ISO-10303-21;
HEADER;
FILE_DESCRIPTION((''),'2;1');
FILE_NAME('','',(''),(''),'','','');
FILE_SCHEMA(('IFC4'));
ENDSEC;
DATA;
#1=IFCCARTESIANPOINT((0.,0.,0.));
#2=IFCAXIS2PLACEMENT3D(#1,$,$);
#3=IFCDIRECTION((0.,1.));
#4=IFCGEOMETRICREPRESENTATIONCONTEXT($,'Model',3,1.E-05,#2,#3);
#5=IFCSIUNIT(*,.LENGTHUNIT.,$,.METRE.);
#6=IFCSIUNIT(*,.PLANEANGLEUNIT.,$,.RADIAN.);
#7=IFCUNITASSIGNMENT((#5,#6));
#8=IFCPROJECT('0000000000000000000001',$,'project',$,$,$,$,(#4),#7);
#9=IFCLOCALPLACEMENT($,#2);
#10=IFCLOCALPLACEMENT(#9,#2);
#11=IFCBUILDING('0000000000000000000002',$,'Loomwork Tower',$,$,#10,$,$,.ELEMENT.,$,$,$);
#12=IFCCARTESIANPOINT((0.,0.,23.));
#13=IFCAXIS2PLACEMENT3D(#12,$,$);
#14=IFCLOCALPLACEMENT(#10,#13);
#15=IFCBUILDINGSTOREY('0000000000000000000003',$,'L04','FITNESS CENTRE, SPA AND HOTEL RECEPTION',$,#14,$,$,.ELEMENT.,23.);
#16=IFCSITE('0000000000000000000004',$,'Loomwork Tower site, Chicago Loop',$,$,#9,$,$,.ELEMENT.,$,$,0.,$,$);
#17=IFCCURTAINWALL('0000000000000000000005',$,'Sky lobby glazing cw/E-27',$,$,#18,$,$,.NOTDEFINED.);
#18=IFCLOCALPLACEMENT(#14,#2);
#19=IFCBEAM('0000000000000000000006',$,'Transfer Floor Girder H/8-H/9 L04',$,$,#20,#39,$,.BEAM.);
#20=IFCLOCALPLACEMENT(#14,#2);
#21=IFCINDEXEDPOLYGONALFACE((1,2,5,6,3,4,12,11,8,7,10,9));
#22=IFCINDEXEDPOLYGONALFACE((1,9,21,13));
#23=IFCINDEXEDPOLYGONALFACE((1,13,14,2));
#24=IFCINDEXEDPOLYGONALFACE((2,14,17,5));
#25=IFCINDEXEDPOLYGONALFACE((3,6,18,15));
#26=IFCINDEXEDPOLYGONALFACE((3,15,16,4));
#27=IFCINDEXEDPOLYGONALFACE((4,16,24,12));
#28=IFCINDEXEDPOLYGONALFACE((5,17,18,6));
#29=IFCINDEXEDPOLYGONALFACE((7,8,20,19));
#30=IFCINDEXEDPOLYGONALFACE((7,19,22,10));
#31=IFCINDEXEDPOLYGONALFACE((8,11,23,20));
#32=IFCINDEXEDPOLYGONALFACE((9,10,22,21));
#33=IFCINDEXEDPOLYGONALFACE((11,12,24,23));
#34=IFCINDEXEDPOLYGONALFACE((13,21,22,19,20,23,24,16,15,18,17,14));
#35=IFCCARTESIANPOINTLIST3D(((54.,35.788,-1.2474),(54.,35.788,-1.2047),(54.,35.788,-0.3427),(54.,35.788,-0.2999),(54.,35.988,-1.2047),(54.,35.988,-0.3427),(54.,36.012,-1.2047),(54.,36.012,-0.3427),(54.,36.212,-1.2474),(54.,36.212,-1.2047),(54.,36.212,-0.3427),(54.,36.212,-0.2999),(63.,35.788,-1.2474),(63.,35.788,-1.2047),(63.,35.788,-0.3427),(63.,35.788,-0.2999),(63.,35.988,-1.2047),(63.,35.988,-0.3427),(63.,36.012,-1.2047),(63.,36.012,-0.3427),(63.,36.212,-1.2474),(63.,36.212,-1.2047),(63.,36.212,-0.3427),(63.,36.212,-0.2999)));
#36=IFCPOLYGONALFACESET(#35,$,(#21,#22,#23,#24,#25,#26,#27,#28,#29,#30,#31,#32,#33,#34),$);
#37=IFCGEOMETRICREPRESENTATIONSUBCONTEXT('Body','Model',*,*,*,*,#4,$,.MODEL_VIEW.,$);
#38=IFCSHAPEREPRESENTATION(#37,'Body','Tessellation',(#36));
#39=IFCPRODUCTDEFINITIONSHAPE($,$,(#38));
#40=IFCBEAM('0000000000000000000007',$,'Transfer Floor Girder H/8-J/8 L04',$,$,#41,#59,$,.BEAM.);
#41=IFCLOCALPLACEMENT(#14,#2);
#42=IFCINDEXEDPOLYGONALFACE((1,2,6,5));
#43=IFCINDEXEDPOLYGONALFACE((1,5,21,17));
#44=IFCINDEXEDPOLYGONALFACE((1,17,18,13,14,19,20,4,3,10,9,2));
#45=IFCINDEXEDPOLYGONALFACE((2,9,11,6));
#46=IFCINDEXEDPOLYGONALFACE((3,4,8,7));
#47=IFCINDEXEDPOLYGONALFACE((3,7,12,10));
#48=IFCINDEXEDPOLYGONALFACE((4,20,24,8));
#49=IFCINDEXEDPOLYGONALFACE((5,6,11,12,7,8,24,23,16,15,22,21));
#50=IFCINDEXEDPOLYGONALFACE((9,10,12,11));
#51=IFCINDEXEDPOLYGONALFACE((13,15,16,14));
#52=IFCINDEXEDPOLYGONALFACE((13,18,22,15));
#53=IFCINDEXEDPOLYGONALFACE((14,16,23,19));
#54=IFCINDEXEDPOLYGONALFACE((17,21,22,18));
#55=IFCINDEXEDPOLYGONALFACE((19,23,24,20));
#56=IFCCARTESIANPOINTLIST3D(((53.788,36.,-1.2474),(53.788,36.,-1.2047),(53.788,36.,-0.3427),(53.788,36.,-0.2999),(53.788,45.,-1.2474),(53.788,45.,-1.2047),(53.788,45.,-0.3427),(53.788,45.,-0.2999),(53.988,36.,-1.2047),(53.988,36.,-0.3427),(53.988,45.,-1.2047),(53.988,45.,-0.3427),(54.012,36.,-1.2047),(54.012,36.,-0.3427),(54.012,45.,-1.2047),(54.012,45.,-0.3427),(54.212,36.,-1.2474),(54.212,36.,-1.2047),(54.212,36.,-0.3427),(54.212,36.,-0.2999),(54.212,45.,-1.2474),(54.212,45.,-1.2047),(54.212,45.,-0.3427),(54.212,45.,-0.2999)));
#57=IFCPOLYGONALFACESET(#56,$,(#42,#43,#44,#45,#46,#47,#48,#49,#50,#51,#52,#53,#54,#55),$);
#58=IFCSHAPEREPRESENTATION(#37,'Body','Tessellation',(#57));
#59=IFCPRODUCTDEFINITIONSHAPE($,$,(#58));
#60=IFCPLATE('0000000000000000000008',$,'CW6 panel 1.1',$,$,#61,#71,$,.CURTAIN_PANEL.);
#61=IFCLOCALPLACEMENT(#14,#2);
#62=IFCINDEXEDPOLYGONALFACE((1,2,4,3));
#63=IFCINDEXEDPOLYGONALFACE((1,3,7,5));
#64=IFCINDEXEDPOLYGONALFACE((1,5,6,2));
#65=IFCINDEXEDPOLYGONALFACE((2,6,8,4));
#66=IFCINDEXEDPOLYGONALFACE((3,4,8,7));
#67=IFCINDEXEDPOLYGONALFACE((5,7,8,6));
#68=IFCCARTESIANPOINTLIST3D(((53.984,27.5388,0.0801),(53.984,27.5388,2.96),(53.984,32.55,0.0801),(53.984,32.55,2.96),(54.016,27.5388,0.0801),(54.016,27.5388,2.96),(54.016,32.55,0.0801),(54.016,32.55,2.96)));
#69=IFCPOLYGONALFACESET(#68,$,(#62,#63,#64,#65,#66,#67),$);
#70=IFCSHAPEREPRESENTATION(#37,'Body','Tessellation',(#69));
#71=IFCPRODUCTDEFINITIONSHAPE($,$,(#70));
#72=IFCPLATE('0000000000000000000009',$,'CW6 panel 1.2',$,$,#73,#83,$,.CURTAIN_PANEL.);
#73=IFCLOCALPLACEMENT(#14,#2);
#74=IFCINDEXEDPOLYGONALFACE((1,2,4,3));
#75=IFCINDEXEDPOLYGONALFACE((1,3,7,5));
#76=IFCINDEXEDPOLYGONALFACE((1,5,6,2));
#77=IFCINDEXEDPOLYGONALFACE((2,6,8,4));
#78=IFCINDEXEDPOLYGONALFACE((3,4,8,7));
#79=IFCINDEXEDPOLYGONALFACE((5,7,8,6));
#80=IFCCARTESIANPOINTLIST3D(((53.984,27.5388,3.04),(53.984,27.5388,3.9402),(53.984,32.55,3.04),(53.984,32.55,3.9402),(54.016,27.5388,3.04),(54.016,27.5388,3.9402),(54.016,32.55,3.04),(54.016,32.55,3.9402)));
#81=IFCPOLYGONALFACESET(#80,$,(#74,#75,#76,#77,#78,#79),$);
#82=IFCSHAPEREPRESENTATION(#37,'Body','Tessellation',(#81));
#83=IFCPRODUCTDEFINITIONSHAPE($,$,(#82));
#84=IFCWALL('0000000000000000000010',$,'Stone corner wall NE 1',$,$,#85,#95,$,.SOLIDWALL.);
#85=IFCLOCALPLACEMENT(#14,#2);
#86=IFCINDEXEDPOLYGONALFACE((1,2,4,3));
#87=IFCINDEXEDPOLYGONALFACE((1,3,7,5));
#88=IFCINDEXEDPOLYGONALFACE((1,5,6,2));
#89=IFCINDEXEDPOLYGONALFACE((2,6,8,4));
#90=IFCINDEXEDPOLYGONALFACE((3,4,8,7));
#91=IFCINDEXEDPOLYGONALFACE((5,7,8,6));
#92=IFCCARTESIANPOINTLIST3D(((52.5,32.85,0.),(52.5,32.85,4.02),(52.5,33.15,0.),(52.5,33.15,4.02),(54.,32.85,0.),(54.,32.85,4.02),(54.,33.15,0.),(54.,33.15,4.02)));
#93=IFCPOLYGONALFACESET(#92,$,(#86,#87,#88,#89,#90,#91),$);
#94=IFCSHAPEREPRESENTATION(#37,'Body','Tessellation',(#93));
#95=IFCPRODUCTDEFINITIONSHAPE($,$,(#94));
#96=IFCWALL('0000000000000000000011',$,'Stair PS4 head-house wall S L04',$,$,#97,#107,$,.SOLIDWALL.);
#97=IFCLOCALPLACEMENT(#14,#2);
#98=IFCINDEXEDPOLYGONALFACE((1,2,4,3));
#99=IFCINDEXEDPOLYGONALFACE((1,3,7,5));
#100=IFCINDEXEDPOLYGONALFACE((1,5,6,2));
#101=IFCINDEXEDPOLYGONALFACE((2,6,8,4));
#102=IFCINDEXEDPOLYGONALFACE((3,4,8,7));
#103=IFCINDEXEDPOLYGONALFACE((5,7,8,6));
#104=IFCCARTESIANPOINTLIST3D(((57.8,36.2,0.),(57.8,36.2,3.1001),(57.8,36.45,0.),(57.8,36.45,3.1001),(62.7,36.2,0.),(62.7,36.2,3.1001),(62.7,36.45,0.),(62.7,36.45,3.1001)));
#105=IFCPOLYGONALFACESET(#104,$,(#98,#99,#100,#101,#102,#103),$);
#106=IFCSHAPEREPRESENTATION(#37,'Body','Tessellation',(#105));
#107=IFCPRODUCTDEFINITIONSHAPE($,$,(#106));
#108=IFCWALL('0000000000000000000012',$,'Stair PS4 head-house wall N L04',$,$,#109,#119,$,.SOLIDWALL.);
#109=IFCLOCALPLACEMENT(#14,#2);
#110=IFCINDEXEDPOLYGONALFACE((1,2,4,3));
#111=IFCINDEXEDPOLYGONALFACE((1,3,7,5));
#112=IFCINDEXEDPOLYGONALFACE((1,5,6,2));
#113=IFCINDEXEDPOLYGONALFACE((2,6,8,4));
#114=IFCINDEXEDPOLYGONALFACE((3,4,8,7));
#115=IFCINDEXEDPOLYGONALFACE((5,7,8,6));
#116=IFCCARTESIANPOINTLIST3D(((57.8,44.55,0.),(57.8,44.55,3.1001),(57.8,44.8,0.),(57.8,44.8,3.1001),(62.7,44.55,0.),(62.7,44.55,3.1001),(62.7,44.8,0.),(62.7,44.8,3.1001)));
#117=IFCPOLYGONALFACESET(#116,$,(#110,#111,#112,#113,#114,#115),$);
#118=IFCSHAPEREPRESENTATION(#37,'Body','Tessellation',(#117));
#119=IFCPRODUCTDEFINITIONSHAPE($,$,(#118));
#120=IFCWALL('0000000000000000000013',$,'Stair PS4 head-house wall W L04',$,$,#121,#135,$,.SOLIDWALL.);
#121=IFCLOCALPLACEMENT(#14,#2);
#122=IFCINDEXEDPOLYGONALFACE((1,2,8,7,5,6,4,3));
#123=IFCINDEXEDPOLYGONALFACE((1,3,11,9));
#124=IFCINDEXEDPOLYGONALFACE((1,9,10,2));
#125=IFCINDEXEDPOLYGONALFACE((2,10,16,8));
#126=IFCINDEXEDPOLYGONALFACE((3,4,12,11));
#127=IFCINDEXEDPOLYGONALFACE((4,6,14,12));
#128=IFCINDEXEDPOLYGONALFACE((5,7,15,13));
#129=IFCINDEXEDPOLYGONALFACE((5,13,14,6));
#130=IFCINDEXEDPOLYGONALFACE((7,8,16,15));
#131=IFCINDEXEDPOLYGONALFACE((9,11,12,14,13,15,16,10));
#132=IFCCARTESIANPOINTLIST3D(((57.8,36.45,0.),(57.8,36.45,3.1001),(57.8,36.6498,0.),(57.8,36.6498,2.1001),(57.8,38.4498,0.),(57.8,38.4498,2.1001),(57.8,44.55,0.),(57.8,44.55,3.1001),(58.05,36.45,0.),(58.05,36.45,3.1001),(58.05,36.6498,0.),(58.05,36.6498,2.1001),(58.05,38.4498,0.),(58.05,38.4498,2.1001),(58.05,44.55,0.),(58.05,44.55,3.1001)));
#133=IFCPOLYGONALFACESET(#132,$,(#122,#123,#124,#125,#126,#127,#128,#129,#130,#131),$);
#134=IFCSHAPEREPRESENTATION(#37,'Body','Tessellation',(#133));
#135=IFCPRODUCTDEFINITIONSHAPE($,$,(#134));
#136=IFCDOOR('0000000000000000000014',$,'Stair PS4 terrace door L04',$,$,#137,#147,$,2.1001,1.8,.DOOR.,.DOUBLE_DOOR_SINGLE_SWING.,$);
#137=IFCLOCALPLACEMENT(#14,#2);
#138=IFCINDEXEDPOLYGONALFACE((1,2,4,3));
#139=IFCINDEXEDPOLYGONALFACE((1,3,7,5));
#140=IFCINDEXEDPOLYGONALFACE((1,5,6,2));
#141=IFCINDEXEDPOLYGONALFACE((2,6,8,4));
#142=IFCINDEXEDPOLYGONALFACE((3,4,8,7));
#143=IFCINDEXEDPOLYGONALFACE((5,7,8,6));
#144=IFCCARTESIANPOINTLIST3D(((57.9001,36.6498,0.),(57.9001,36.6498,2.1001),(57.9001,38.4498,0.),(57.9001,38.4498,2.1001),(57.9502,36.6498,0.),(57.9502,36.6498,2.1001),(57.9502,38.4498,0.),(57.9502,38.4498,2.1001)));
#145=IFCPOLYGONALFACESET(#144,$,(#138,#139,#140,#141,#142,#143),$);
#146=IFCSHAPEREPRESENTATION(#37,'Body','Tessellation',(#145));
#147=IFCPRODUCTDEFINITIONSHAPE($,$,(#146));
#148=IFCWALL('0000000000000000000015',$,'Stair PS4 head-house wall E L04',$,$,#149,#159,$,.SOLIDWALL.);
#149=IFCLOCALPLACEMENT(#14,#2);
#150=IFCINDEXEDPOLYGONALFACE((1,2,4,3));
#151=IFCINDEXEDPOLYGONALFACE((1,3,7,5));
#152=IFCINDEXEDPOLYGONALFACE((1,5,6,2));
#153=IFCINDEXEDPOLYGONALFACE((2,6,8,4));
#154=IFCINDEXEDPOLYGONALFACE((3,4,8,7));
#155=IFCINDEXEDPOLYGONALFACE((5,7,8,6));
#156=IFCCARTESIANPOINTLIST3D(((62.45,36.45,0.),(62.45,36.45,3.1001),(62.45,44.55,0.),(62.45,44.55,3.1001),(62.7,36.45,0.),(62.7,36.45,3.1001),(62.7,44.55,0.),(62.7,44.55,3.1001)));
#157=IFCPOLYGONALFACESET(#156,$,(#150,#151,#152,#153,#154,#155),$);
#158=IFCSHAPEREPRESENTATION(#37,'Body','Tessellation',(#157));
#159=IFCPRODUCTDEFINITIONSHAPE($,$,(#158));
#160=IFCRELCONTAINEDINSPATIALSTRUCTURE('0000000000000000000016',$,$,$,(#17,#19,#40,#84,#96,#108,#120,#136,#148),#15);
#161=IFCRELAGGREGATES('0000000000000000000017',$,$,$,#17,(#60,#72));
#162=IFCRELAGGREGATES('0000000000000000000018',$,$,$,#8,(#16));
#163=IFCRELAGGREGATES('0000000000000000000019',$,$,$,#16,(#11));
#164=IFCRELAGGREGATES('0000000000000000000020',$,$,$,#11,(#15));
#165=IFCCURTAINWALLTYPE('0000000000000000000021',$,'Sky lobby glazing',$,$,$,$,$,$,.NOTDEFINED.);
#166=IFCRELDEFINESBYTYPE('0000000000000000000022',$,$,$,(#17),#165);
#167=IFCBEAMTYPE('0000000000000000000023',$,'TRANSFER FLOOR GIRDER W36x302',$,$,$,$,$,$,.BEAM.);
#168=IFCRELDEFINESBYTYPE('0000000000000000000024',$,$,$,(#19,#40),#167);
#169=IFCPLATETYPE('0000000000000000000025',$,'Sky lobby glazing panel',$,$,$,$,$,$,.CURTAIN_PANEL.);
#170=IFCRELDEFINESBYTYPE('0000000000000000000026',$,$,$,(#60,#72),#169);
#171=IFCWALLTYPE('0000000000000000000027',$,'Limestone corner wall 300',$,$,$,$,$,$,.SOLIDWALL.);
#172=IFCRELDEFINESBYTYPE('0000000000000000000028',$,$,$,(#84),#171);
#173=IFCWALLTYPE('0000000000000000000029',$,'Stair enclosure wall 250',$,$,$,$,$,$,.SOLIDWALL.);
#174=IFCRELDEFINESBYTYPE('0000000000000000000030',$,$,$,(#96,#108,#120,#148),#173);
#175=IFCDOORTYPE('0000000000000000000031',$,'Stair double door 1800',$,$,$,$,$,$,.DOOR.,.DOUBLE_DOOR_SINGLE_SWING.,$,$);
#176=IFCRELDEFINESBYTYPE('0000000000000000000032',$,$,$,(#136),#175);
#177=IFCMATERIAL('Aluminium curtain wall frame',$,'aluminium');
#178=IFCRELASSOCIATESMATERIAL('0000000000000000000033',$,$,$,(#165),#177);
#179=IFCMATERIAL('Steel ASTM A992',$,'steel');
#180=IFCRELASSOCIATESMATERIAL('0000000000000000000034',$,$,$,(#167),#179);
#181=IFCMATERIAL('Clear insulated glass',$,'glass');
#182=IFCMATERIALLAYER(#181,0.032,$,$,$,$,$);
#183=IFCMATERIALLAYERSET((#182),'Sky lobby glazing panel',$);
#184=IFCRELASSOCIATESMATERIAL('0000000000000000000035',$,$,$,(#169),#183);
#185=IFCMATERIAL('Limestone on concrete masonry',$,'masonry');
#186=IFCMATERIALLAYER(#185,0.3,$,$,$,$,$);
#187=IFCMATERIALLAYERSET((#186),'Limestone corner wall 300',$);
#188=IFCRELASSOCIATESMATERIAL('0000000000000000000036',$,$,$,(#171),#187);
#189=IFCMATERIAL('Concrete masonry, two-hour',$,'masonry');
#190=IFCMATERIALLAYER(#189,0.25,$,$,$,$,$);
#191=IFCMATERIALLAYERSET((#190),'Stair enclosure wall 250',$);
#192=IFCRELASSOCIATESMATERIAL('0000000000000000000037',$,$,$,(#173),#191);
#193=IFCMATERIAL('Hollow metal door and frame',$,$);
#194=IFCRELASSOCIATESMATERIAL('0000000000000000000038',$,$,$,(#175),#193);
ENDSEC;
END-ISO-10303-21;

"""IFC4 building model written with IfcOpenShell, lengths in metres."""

from ifc_helpers import new_model, si_unit, direction, frame, frame_2d, origin, origin_2d, place, context, subcontext, project, spatial, rectangle, i_section, extrude, material, layer, layer_set, material_profile, profile_set, type_object, element, fill, aggregate, save


model = new_model("IFC4")

# Units and contexts
model_context = context("Model", 3, precision=1e-05, world=origin(), true_north=direction((0.0, 1.0)))
body_context = subcontext(model_context, "Body", "Model", "MODEL_VIEW")
ifc_project = project(units=[si_unit("LENGTHUNIT", "METRE"), si_unit("PLANEANGLEUNIT", "RADIAN")], contexts=[model_context])

# Site, building, storey
site_placement = place(None, origin())
site = spatial("IfcSite", under=ifc_project, at=site_placement, Name="Loomwork Tower site, Chicago Loop", CompositionType="ELEMENT", RefElevation=0.0)
building_placement = place(site_placement, origin())
building = spatial("IfcBuilding", under=site, at=building_placement, Name="Loomwork Tower", CompositionType="ELEMENT")
storey_placement = place(building_placement, frame((0.0, 0.0, 23.0)))
storey = spatial("IfcBuildingStorey", under=building, at=storey_placement, Name="L04", Description="FITNESS CENTRE, SPA AND HOTEL RECEPTION", CompositionType="ELEMENT", Elevation=23.0)

# Curtain wall
ifc_material_1 = material(Name="Aluminium curtain wall frame", Category="aluminium")
curtain_wall_type = type_object("IfcCurtainWallType", Name="Sky lobby glazing", PredefinedType="NOTDEFINED", material=ifc_material_1)
curtain_wall_placement = place(storey_placement, origin())
curtain_wall = element("IfcCurtainWall", 1, at=curtain_wall_placement, inside=storey, type_object=curtain_wall_type, Name="Sky lobby glazing cw/E-27", PredefinedType="NOTDEFINED")

# Beams
ifc_material_2 = material(Name="Steel ASTM A992", Category="steel")
ifc_material_profile_1 = material_profile(ifc_material_2, i_section(OverallWidth=0.4241, OverallDepth=0.9475, WebThickness=0.0239, FlangeThickness=0.0427, at=origin_2d()), Name="W36x302")
ifc_profile_set_1 = profile_set([ifc_material_profile_1], Name="Steel ASTM A992")
beam_type_1 = type_object("IfcBeamType", Name="TRANSFER FLOOR GIRDER W36x302", PredefinedType="BEAM", material=ifc_profile_set_1)
for number, where, z_axis, x_axis, name in (
    (2, (54.0, 36.0, -0.7737), (1.0, 0.0, 0.0), (0.0, 1.0, 0.0), "Transfer Floor Girder H/8-H/9 L04"),
    (3, (54.0, 36.0, -0.7737), (0.0, 1.0, 0.0), (-1.0, 0.0, 0.0), "Transfer Floor Girder H/8-J/8 L04"),
):
    element("IfcBeam", number, at=place(storey_placement, frame(where, z_axis=z_axis, x_axis=x_axis)), inside=storey, type_object=beam_type_1, Name=name, PredefinedType="BEAM", context=body_context, shape_type="SweptSolid", body=[
        extrude(i_section(OverallWidth=0.4241, OverallDepth=0.9475, WebThickness=0.0239, FlangeThickness=0.0427, at=origin_2d()), origin(), (0.0, 0.0, 1.0), 9.0),
    ])

# Plates
ifc_material_3 = material(Name="Clear insulated glass", Category="glass")
ifc_layer_1 = layer(ifc_material_3, 0.032)
ifc_layer_set_1 = layer_set([ifc_layer_1], Name="Sky lobby glazing panel")
plate_type = type_object("IfcPlateType", Name="Sky lobby glazing panel", PredefinedType="CURTAIN_PANEL", material=ifc_layer_set_1)
plate_1_placement = place(storey_placement, frame((54.0, 30.0444, 0.0801), z_axis=(0.0, 0.0, 1.0), x_axis=(0.0, 1.0, 0.0)))
plate_1 = element("IfcPlate", 4, at=plate_1_placement, type_object=plate_type, Name="CW6 panel 1.1", PredefinedType="CURTAIN_PANEL", context=body_context, shape_type="SweptSolid", body=[
    extrude(rectangle(XDim=5.0112, YDim=0.032, at=origin_2d()), origin(), (0.0, 0.0, 1.0), 2.8799),
])
plate_2_placement = place(storey_placement, frame((54.0, 30.0444, 3.04), z_axis=(0.0, 0.0, 1.0), x_axis=(0.0, 1.0, 0.0)))
plate_2 = element("IfcPlate", 5, at=plate_2_placement, type_object=plate_type, Name="CW6 panel 1.2", PredefinedType="CURTAIN_PANEL", context=body_context, shape_type="SweptSolid", body=[
    extrude(rectangle(XDim=5.0112, YDim=0.032, at=origin_2d()), origin(), (0.0, 0.0, 1.0), 0.9001),
])
aggregate(curtain_wall, [plate_1, plate_2])

# Walls
ifc_material_4 = material(Name="Limestone on concrete masonry", Category="masonry")
ifc_layer_2 = layer(ifc_material_4, 0.3)
ifc_layer_set_2 = layer_set([ifc_layer_2], Name="Limestone corner wall 300")
wall_type_1 = type_object("IfcWallType", Name="Limestone corner wall 300", PredefinedType="SOLIDWALL", material=ifc_layer_set_2)
wall_1_placement = place(storey_placement, frame((54.0, 33.0, 0.0), z_axis=(0.0, 0.0, 1.0), x_axis=(-1.0, 0.0, 0.0)))
element("IfcWall", 6, at=wall_1_placement, inside=storey, type_object=wall_type_1, Name="Stone corner wall NE 1", PredefinedType="SOLIDWALL", context=body_context, shape_type="SweptSolid", body=[
    extrude(rectangle(XDim=1.5, YDim=0.3, at=frame_2d((0.75, 0.0))), origin(), (0.0, 0.0, 1.0), 4.02),
])
ifc_material_5 = material(Name="Concrete masonry, two-hour", Category="masonry")
ifc_layer_3 = layer(ifc_material_5, 0.25)
ifc_layer_set_3 = layer_set([ifc_layer_3], Name="Stair enclosure wall 250")
wall_type_2 = type_object("IfcWallType", Name="Stair enclosure wall 250", PredefinedType="SOLIDWALL", material=ifc_layer_set_3)
for number, where, z_axis, x_axis, name in (
    (7, (57.8, 36.325, 0.0), (0.0, 0.0, 1.0), (1.0, 0.0, 0.0), "Stair PS4 head-house wall S L04"),
    (8, (57.8, 44.675, 0.0), (0.0, 0.0, 1.0), (1.0, 0.0, 0.0), "Stair PS4 head-house wall N L04"),
):
    element("IfcWall", number, at=place(storey_placement, frame(where, z_axis=z_axis, x_axis=x_axis)), inside=storey, type_object=wall_type_2, Name=name, PredefinedType="SOLIDWALL", context=body_context, shape_type="SweptSolid", body=[
        extrude(rectangle(XDim=4.8999, YDim=0.25, at=frame_2d((2.45, 0.0))), origin(), (0.0, 0.0, 1.0), 3.1001),
    ])

# Wall, opening, door
wall_2_placement = place(storey_placement, frame((57.925, 36.45, 0.0), z_axis=(0.0, 0.0, 1.0), x_axis=(0.0, 1.0, 0.0)))
wall_2 = element("IfcWall", 9, at=wall_2_placement, inside=storey, type_object=wall_type_2, Name="Stair PS4 head-house wall W L04", PredefinedType="SOLIDWALL", context=body_context, shape_type="SweptSolid", body=[
    extrude(rectangle(XDim=8.1001, YDim=0.25, at=frame_2d((4.05, 0.0))), origin(), (0.0, 0.0, 1.0), 3.1001),
])
opening_placement = place(wall_2_placement, frame((0.2, 0.0, 0.0)))
opening = element("IfcOpeningElement", 10, at=opening_placement, cuts=wall_2, PredefinedType="OPENING", context=body_context, shape_type="SweptSolid", body=[
    extrude(rectangle(XDim=1.8, YDim=2.1001, at=frame_2d((0.8999, 1.05))), frame((0.0, 0.135, 0.0), z_axis=(0.0, -1.0, 0.0), x_axis=(1.0, 0.0, 0.0)), (0.0, 0.0, 1.0), 0.27),
])
ifc_material_6 = material(Name="Hollow metal door and frame")
door_type = type_object("IfcDoorType", Name="Stair double door 1800", OperationType="DOUBLE_DOOR_SINGLE_SWING", PredefinedType="DOOR", material=ifc_material_6)
door_placement = place(opening_placement, origin())
door = element("IfcDoor", 11, at=door_placement, inside=storey, type_object=door_type, Name="Stair PS4 terrace door L04", OperationType="DOUBLE_DOOR_SINGLE_SWING", OverallHeight=2.1001, OverallWidth=1.8, PredefinedType="DOOR", context=body_context, shape_type="SweptSolid", body=[
    extrude(rectangle(XDim=1.8, YDim=2.1001, at=frame_2d((0.8999, 1.05))), frame((0.0, 0.0249, 0.0), z_axis=(0.0, -1.0, 0.0), x_axis=(1.0, 0.0, 0.0)), (0.0, 0.0, 1.0), 0.05),
])
fill(opening, door)

# Wall
wall_3_placement = place(storey_placement, frame((62.575, 36.45, 0.0), z_axis=(0.0, 0.0, 1.0), x_axis=(0.0, 1.0, 0.0)))
element("IfcWall", 12, at=wall_3_placement, inside=storey, type_object=wall_type_2, Name="Stair PS4 head-house wall E L04", PredefinedType="SOLIDWALL", context=body_context, shape_type="SweptSolid", body=[
    extrude(rectangle(XDim=8.1001, YDim=0.25, at=frame_2d((4.05, 0.0))), origin(), (0.0, 0.0, 1.0), 3.1001),
])

save(model, "model.ifc")
